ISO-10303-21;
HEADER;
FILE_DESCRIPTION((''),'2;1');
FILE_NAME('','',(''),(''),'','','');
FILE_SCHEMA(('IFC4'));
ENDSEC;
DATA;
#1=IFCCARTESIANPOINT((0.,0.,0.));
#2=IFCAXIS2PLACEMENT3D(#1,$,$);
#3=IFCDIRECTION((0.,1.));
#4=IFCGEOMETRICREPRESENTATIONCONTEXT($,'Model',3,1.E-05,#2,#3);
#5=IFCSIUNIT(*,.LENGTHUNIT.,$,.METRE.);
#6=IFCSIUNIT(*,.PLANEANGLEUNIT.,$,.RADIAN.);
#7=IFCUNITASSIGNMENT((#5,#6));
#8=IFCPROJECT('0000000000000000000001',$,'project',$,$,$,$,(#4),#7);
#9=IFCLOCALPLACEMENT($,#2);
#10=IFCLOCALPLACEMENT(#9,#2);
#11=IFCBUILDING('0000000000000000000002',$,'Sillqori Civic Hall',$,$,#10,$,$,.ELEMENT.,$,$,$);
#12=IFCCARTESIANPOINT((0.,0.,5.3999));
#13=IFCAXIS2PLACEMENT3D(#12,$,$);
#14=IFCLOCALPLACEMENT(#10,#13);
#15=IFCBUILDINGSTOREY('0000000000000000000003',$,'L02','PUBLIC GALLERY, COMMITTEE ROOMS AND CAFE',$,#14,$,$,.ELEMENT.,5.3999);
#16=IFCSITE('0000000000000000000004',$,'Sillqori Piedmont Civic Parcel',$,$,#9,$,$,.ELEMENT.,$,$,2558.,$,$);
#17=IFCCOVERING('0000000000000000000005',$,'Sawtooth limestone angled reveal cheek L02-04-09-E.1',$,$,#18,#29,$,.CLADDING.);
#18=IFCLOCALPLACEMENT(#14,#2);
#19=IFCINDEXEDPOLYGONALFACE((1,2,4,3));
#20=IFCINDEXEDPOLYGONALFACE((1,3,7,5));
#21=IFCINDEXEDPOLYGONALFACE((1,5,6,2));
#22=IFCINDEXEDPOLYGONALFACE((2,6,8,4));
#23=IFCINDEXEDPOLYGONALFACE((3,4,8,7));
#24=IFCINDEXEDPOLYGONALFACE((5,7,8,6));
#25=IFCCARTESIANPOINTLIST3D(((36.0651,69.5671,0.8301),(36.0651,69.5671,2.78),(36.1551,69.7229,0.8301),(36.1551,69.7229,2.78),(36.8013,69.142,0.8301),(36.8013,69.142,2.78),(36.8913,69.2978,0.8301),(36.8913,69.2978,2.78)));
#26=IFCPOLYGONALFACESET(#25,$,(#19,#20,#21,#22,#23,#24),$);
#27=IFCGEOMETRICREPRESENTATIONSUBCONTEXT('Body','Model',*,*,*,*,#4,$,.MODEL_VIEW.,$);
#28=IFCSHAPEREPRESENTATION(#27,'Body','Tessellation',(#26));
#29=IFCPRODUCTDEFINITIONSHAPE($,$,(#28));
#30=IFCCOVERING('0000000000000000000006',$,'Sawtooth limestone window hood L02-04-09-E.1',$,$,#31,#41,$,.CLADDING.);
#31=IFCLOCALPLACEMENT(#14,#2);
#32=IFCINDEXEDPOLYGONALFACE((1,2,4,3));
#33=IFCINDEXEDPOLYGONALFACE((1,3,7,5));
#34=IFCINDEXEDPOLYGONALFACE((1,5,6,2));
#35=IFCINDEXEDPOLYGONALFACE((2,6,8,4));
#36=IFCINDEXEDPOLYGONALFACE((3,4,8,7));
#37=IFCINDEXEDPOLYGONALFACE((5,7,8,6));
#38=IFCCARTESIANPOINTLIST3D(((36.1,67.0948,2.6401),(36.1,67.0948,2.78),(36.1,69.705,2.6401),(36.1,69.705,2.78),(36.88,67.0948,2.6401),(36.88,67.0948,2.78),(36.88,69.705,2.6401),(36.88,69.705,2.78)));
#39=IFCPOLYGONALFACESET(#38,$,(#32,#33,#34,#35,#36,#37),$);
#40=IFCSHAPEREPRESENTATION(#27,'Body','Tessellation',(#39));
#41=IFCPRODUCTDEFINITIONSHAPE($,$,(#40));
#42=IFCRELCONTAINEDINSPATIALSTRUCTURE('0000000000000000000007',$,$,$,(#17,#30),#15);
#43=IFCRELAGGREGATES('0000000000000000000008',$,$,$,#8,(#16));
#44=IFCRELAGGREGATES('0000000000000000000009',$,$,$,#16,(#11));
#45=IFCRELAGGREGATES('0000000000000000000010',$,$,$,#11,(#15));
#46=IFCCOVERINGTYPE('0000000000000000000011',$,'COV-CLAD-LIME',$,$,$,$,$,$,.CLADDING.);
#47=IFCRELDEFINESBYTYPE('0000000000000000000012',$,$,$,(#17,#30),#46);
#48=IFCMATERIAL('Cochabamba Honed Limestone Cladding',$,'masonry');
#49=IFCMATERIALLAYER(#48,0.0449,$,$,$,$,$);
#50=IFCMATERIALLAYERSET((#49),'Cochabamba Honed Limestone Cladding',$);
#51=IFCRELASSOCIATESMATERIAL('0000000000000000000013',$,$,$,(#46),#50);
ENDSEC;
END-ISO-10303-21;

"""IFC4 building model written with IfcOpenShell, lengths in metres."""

from ifc_helpers import new_model, si_unit, direction, frame, frame_2d, origin, place, context, subcontext, project, spatial, rectangle, extrude, material, layer, layer_set, type_object, element, save


model = new_model("IFC4")

# Units and contexts
model_context = context("Model", 3, precision=1e-05, world=origin(), true_north=direction((0.0, 1.0)))
body_context = subcontext(model_context, "Body", "Model", "MODEL_VIEW")
ifc_project = project(units=[si_unit("LENGTHUNIT", "METRE"), si_unit("PLANEANGLEUNIT", "RADIAN")], contexts=[model_context])

# Site, building, storey
site_placement = place(None, origin())
site = spatial("IfcSite", under=ifc_project, at=site_placement, Name="Sillqori Piedmont Civic Parcel", CompositionType="ELEMENT", RefElevation=2558.0)
building_placement = place(site_placement, origin())
building = spatial("IfcBuilding", under=site, at=building_placement, Name="Sillqori Civic Hall", CompositionType="ELEMENT")
storey_placement = place(building_placement, frame((0.0, 0.0, 5.3999)))
storey = spatial("IfcBuildingStorey", under=building, at=storey_placement, Name="L02", Description="PUBLIC GALLERY, COMMITTEE ROOMS AND CAFE", CompositionType="ELEMENT", Elevation=5.3999)

# Coverings
ifc_material_1 = material(Name="Cochabamba Honed Limestone Cladding", Category="masonry")
ifc_layer_1 = layer(ifc_material_1, 0.0449)
ifc_layer_set_1 = layer_set([ifc_layer_1], Name="Cochabamba Honed Limestone Cladding")
covering_type = type_object("IfcCoveringType", Name="COV-CLAD-LIME", PredefinedType="CLADDING", material=ifc_layer_set_1)
covering_1_placement = place(storey_placement, frame((36.1101, 69.645, 0.8301), z_axis=(0.0, 0.0, 1.0), x_axis=(0.865989, -0.500062, 0.0)))
element("IfcCovering", 1, at=covering_1_placement, inside=storey, type_object=covering_type, Name="Sawtooth limestone angled reveal cheek L02-04-09-E.1", PredefinedType="CLADDING", context=body_context, shape_type="SweptSolid", body=[
    extrude(rectangle(XDim=0.8501, YDim=0.1799, at=frame_2d((0.425, 0.0))), origin(), (0.0, 0.0, 1.0), 1.95),
])
covering_2_placement = place(storey_placement, frame((36.49, 69.7051, 2.6401), z_axis=(0.0, 0.0, 1.0), x_axis=(0.0, -1.0, 0.0)))
element("IfcCovering", 2, at=covering_2_placement, inside=storey, type_object=covering_type, Name="Sawtooth limestone window hood L02-04-09-E.1", PredefinedType="CLADDING", context=body_context, shape_type="SweptSolid", body=[
    extrude(rectangle(XDim=2.6101, YDim=0.78, at=frame_2d((1.3052, 0.0))), origin(), (0.0, 0.0, 1.0), 0.1399),
])

save(model, "model.ifc")
